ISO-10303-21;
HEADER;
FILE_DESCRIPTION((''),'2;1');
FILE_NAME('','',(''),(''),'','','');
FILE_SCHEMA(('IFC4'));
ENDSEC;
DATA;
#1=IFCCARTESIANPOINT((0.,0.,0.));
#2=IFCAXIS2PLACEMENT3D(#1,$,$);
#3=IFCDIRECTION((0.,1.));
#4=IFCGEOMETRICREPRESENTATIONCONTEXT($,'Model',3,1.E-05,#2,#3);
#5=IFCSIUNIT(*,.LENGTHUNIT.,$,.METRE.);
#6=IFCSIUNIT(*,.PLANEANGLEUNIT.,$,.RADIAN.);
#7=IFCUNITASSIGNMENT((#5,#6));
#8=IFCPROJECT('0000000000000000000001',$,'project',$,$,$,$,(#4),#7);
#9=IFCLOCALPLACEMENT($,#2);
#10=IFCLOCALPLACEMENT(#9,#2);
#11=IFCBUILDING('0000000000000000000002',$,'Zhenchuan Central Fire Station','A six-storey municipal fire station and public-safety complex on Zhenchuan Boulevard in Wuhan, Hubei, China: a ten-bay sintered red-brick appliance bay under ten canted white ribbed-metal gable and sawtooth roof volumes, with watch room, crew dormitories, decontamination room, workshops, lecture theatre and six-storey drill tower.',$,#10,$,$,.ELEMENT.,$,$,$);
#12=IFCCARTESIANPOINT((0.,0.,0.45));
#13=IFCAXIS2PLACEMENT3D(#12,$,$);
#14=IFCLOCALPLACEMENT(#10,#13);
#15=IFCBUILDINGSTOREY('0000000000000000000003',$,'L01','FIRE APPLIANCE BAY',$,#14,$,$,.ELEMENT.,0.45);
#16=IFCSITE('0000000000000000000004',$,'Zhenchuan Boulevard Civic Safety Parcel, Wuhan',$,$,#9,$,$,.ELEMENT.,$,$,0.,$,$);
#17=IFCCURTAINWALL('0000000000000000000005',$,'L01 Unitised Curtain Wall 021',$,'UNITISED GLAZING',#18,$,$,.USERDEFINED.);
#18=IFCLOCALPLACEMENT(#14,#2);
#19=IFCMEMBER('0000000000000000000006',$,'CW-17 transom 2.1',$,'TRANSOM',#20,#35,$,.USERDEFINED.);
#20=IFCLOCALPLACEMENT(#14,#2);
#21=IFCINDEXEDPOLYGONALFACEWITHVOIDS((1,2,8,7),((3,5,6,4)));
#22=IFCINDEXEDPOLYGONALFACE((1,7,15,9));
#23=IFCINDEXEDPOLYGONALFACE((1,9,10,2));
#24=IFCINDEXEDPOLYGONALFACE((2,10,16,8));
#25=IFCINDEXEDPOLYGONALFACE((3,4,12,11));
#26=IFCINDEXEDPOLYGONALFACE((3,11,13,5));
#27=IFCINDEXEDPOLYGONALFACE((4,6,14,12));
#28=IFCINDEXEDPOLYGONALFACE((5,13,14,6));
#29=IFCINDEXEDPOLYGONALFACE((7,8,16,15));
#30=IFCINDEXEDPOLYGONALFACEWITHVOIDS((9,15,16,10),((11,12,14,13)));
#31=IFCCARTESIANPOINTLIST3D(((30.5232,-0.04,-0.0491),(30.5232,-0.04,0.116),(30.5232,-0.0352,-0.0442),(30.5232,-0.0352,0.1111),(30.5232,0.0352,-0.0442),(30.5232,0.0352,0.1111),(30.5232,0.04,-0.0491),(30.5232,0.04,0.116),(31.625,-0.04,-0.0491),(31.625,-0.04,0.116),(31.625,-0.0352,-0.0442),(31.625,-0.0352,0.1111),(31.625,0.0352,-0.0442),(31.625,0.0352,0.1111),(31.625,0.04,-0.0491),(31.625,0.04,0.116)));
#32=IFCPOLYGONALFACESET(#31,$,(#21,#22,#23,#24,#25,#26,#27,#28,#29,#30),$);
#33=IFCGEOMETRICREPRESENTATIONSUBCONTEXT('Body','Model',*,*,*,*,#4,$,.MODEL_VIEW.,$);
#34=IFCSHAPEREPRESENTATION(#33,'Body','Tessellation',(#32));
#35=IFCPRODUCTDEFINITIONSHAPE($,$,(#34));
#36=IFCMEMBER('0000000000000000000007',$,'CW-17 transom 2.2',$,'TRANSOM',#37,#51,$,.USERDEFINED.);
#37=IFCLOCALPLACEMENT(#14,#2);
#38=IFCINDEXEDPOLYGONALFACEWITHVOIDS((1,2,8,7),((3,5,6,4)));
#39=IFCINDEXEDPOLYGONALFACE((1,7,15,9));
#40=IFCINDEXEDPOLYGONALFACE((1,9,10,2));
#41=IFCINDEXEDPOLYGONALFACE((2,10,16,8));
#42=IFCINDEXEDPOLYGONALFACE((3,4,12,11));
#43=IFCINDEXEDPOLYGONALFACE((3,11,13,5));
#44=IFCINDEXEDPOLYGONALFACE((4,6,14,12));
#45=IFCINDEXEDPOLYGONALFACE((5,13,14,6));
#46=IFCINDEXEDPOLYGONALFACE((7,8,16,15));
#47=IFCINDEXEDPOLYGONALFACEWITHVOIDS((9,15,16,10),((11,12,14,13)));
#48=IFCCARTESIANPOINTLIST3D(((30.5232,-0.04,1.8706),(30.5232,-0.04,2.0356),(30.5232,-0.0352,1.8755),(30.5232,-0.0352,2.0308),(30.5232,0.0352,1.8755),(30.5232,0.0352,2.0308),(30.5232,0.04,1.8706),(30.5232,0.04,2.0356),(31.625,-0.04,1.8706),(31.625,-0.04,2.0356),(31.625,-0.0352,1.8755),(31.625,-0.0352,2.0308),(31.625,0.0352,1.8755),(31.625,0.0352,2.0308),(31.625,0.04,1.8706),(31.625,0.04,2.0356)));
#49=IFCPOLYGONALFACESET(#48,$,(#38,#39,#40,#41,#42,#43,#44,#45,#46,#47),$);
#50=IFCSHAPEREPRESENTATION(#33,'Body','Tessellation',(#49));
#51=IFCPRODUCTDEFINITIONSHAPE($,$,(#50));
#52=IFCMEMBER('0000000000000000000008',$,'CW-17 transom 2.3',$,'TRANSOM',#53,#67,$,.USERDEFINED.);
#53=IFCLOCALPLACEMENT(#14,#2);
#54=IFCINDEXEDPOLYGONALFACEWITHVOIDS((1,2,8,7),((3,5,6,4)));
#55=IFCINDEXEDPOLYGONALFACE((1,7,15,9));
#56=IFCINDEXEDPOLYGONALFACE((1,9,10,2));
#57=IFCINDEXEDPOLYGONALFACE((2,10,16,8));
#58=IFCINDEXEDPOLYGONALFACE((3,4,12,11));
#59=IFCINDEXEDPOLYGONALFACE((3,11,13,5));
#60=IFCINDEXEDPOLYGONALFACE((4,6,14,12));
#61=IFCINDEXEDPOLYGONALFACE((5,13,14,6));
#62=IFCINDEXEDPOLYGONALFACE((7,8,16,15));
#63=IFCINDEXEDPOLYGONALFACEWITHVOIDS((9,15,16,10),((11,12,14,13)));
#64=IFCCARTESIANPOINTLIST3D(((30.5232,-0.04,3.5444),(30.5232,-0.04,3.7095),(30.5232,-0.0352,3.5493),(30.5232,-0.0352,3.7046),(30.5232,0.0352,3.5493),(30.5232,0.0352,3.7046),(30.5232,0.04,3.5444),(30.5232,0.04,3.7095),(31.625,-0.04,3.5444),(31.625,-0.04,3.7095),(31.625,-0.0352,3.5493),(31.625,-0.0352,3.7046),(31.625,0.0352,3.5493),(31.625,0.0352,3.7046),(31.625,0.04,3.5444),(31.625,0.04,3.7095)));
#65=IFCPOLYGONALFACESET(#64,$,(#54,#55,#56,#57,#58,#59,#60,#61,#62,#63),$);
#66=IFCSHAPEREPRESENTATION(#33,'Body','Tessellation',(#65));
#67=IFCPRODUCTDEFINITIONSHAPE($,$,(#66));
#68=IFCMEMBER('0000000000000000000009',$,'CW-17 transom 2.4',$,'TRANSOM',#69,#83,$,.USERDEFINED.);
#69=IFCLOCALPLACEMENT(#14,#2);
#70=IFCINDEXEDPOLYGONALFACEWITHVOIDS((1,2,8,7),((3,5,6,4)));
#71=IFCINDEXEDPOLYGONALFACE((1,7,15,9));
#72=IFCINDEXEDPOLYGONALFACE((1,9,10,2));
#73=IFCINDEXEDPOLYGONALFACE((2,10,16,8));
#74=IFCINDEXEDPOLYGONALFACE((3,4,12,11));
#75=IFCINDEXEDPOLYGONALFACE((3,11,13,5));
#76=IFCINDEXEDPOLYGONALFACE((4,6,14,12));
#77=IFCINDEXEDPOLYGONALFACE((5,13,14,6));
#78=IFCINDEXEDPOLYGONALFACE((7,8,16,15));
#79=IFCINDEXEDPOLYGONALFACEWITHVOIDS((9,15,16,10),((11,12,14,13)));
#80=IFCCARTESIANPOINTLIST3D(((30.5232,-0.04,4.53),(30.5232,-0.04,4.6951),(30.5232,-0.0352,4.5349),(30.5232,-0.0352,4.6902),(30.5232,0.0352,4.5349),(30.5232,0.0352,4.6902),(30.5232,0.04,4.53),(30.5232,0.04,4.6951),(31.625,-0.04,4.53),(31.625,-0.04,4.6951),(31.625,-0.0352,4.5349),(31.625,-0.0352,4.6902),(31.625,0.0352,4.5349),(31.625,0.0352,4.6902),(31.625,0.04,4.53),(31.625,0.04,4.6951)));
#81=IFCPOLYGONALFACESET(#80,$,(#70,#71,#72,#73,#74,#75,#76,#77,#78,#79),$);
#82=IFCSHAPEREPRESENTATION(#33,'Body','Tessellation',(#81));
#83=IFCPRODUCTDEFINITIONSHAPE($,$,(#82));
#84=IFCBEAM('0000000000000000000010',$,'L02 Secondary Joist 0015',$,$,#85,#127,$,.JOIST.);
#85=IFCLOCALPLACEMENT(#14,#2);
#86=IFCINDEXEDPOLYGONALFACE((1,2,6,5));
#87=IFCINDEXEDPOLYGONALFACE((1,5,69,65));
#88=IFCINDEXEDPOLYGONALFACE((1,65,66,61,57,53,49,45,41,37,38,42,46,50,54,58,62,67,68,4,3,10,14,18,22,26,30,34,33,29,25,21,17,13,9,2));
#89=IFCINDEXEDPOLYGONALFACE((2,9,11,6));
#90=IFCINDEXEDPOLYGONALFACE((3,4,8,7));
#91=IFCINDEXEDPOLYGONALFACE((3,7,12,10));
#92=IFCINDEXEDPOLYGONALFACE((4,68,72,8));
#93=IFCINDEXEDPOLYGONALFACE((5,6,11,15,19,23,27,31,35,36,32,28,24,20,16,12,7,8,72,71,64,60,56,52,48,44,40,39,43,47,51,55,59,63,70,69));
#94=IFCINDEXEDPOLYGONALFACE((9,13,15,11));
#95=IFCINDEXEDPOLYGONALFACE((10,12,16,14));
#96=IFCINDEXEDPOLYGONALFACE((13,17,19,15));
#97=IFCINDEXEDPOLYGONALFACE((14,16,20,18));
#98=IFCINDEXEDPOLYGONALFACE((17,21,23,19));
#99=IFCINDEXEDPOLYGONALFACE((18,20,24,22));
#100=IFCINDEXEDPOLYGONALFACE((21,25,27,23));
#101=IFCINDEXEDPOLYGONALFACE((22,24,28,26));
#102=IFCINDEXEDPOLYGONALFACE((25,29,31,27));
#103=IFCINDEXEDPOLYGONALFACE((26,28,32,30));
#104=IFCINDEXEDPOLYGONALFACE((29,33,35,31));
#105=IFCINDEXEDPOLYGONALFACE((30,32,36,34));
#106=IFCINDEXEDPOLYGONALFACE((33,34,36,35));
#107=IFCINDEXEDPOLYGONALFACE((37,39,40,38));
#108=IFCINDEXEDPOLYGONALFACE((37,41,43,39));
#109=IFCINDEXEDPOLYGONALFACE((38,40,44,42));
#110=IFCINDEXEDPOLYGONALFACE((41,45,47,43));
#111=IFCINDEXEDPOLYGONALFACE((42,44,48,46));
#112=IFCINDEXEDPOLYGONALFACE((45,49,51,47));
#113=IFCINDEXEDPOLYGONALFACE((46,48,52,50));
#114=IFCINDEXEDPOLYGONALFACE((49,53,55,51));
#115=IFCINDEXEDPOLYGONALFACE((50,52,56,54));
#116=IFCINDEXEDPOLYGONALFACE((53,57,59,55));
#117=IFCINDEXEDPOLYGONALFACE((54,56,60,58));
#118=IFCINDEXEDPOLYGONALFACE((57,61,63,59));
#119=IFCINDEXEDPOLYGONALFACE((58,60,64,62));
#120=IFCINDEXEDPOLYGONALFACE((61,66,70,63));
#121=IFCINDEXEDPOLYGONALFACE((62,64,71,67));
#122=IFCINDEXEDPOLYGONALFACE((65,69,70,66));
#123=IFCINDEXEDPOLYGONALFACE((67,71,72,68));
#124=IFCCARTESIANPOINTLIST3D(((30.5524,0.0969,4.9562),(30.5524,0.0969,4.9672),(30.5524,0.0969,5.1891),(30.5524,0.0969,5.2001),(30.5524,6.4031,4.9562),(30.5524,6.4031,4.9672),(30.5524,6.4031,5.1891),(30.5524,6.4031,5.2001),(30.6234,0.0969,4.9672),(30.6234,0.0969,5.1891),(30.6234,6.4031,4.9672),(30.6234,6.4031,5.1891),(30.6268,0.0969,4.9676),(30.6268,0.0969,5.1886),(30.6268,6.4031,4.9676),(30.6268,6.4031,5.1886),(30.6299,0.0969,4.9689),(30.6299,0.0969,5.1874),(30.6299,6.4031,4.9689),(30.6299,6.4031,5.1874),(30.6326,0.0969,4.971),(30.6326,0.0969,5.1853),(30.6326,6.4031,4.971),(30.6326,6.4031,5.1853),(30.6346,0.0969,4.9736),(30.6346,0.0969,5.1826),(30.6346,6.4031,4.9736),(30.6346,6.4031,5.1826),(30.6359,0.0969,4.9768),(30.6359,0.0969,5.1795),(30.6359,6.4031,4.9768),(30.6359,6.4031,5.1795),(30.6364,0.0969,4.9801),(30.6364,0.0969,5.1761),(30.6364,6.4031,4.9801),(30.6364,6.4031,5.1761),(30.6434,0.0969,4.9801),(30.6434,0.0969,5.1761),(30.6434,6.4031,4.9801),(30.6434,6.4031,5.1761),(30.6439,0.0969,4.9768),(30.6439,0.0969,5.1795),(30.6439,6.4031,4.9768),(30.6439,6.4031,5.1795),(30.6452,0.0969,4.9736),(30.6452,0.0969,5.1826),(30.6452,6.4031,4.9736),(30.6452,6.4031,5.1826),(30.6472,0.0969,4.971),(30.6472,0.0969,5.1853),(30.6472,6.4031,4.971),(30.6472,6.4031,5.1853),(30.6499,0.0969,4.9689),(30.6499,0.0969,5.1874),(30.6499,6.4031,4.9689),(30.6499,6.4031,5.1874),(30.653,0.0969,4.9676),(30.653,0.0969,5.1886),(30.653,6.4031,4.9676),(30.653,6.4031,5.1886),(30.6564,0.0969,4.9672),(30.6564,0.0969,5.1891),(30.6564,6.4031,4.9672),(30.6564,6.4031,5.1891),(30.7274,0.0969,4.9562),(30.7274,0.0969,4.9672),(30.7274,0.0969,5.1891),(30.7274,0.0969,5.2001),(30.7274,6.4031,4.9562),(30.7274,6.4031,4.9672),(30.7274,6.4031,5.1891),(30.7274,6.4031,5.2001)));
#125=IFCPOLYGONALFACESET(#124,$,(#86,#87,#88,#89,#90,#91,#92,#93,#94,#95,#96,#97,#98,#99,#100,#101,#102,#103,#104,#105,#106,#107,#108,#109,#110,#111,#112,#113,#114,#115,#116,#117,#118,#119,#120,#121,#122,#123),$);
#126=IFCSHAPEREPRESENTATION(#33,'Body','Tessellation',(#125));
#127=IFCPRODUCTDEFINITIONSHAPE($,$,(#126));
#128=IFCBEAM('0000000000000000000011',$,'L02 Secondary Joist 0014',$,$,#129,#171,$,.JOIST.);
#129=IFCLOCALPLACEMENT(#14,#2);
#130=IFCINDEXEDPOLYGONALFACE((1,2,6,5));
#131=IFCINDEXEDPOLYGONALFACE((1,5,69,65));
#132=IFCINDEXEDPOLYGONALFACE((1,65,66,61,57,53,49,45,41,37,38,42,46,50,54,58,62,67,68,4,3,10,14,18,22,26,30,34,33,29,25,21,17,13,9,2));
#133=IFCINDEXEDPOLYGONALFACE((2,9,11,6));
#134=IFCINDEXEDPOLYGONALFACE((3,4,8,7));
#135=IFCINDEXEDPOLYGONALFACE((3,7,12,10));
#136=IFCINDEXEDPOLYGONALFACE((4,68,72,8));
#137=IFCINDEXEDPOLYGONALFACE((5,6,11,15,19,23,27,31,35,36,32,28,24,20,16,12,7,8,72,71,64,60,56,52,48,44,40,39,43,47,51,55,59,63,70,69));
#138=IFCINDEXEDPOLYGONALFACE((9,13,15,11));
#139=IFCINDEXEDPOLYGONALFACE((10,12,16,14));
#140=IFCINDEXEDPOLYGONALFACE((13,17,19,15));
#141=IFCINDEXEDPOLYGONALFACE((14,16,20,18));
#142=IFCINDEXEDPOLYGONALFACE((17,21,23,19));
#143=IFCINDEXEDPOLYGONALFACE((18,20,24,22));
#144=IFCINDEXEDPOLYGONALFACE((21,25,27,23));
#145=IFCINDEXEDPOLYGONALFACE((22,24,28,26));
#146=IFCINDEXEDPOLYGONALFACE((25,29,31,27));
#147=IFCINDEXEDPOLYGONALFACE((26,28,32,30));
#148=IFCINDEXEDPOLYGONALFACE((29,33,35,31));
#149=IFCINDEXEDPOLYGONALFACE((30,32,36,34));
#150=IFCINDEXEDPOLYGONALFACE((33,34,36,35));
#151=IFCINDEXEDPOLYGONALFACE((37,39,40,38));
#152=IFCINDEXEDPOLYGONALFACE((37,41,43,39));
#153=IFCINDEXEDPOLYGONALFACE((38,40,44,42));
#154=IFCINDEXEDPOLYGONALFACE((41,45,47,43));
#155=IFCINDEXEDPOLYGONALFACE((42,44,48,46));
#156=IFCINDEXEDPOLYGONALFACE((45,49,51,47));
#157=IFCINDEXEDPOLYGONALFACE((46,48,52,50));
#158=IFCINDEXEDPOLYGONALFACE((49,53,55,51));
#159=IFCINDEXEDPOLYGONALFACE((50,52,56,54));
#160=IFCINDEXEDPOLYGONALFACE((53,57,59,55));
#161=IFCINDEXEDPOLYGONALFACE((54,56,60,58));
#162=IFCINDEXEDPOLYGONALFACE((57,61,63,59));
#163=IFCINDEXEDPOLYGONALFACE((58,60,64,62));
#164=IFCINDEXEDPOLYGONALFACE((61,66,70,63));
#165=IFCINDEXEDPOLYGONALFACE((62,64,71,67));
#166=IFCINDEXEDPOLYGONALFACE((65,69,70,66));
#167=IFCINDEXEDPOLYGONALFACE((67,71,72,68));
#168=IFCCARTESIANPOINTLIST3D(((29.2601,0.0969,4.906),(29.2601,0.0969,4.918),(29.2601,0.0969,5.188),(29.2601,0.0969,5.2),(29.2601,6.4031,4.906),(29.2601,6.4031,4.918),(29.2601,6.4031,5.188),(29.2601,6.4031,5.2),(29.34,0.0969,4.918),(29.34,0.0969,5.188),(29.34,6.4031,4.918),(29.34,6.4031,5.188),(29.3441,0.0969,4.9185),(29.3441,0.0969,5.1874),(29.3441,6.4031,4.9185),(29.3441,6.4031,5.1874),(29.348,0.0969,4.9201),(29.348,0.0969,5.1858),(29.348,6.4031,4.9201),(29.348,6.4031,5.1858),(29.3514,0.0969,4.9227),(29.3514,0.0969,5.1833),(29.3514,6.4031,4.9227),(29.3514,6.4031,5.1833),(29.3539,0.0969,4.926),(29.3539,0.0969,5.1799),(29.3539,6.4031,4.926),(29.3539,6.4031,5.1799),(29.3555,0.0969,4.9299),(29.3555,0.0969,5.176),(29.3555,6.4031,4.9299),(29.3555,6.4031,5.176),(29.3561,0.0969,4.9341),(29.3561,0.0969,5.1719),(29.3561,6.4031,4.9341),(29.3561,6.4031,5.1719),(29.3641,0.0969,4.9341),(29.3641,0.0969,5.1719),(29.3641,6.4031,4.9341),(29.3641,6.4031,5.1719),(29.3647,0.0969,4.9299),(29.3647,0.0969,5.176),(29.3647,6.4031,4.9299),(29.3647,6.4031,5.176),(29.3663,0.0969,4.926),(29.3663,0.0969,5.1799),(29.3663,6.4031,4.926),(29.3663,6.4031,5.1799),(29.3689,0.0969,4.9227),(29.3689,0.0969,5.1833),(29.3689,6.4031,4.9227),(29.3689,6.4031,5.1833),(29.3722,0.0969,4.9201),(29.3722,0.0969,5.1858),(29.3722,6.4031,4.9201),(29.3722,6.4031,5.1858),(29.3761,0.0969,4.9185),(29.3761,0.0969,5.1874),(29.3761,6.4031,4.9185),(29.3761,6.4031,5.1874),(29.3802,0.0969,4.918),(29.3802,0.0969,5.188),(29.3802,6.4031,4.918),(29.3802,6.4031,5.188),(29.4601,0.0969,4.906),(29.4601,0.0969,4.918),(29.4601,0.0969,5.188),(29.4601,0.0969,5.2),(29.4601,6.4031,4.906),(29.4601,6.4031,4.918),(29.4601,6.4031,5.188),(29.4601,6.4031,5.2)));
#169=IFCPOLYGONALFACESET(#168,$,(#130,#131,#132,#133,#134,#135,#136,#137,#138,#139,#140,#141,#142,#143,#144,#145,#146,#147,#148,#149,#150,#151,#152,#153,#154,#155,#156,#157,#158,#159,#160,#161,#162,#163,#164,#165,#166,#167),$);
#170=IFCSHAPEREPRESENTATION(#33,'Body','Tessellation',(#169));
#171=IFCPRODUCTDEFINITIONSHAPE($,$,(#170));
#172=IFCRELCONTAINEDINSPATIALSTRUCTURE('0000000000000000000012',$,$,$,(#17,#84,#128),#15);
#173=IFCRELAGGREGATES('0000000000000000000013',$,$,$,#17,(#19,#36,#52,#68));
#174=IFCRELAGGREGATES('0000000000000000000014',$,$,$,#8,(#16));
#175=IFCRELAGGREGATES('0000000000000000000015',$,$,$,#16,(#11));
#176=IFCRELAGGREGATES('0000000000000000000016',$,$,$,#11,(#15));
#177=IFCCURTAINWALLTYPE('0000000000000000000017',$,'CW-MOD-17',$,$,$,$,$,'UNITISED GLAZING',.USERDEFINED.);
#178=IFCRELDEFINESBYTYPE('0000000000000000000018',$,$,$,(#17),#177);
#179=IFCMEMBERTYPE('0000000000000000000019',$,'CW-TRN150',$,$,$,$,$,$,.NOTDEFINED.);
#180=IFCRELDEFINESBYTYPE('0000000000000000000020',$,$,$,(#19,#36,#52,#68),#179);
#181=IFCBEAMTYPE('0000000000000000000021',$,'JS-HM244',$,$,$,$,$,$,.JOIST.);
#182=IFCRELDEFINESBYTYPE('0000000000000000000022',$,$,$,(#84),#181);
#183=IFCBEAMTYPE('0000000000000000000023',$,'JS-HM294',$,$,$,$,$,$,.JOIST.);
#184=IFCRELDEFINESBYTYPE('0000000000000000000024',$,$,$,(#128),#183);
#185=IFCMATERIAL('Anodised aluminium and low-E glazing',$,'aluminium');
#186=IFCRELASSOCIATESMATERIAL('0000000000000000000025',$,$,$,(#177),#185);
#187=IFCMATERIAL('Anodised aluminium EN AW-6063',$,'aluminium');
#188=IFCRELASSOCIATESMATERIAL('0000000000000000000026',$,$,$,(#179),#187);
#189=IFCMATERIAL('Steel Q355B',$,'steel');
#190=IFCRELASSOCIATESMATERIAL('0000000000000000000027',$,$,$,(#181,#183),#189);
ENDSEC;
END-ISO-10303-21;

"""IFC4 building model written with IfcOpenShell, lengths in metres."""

from ifc_helpers import new_model, si_unit, direction, frame, origin, origin_2d, place, context, subcontext, project, spatial, hollow_rectangle, i_section, extrude, material, material_profile, profile_set, type_object, element, aggregate, save


model = new_model("IFC4")

# Units and contexts
model_context = context("Model", 3, precision=1e-05, world=origin(), true_north=direction((0.0, 1.0)))
body_context = subcontext(model_context, "Body", "Model", "MODEL_VIEW")
ifc_project = project(units=[si_unit("LENGTHUNIT", "METRE"), si_unit("PLANEANGLEUNIT", "RADIAN")], contexts=[model_context])

# Site, building, storey
site_placement = place(None, origin())
site = spatial("IfcSite", under=ifc_project, at=site_placement, Name="Zhenchuan Boulevard Civic Safety Parcel, Wuhan", CompositionType="ELEMENT", RefElevation=0.0)
building_placement = place(site_placement, origin())
building = spatial("IfcBuilding", under=site, at=building_placement, Name="Zhenchuan Central Fire Station", Description="A six-storey municipal fire station and public-safety complex on Zhenchuan Boulevard in Wuhan, Hubei, China: a ten-bay sintered red-brick appliance bay under ten canted white ribbed-metal gable and sawtooth roof volumes, with watch room, crew dormitories, decontamination room, workshops, lecture theatre and six-storey drill tower.", CompositionType="ELEMENT")
storey_placement = place(building_placement, frame((0.0, 0.0, 0.45)))
storey = spatial("IfcBuildingStorey", under=building, at=storey_placement, Name="L01", Description="FIRE APPLIANCE BAY", CompositionType="ELEMENT", Elevation=0.45)

# Shared definitions
ifc_material_1 = material(Name="Steel Q355B", Category="steel")

# Curtain wall, members
ifc_material_2 = material(Name="Anodised aluminium and low-E glazing", Category="aluminium")
curtain_wall_type = type_object("IfcCurtainWallType", Name="CW-MOD-17", ElementType="UNITISED GLAZING", PredefinedType="USERDEFINED", material=ifc_material_2)
curtain_wall_placement = place(storey_placement, origin())
curtain_wall = element("IfcCurtainWall", 1, at=curtain_wall_placement, inside=storey, type_object=curtain_wall_type, Name="L01 Unitised Curtain Wall 021", ObjectType="UNITISED GLAZING", PredefinedType="USERDEFINED")
ifc_material_3 = material(Name="Anodised aluminium EN AW-6063", Category="aluminium")
ifc_material_profile_1 = material_profile(ifc_material_3, hollow_rectangle(XDim=0.0801, YDim=0.165, WallThickness=0.0049, at=origin_2d()), Name="ALU-T 165x80")
ifc_profile_set_1 = profile_set([ifc_material_profile_1], Name="Anodised aluminium EN AW-6063")
member_type_1 = type_object("IfcMemberType", Name="CW-TRN150", PredefinedType="NOTDEFINED", material=ifc_profile_set_1)
member_1_placement = place(storey_placement, frame((30.5232, 0.0, 0.0334), z_axis=(1.0, 0.0, 0.0), x_axis=(0.0, 1.0, 0.0)))
member_1 = element("IfcMember", 2, at=member_1_placement, type_object=member_type_1, Name="CW-17 transom 2.1", ObjectType="TRANSOM", PredefinedType="USERDEFINED", context=body_context, shape_type="SweptSolid", body=[
    extrude(hollow_rectangle(XDim=0.0801, YDim=0.165, WallThickness=0.0049, at=origin_2d()), origin(), (0.0, 0.0, 1.0), 1.1018),
])
member_2_placement = place(storey_placement, frame((30.5232, 0.0, 1.9531), z_axis=(1.0, 0.0, 0.0), x_axis=(0.0, 1.0, 0.0)))
member_2 = element("IfcMember", 3, at=member_2_placement, type_object=member_type_1, Name="CW-17 transom 2.2", ObjectType="TRANSOM", PredefinedType="USERDEFINED", context=body_context, shape_type="SweptSolid", body=[
    extrude(hollow_rectangle(XDim=0.0801, YDim=0.165, WallThickness=0.0049, at=origin_2d()), origin(), (0.0, 0.0, 1.0), 1.1018),
])
member_3_placement = place(storey_placement, frame((30.5232, 0.0, 3.627), z_axis=(1.0, 0.0, 0.0), x_axis=(0.0, 1.0, 0.0)))
member_3 = element("IfcMember", 4, at=member_3_placement, type_object=member_type_1, Name="CW-17 transom 2.3", ObjectType="TRANSOM", PredefinedType="USERDEFINED", context=body_context, shape_type="SweptSolid", body=[
    extrude(hollow_rectangle(XDim=0.0801, YDim=0.165, WallThickness=0.0049, at=origin_2d()), origin(), (0.0, 0.0, 1.0), 1.1018),
])
member_4_placement = place(storey_placement, frame((30.5232, 0.0, 4.6125), z_axis=(1.0, 0.0, 0.0), x_axis=(0.0, 1.0, 0.0)))
member_4 = element("IfcMember", 5, at=member_4_placement, type_object=member_type_1, Name="CW-17 transom 2.4", ObjectType="TRANSOM", PredefinedType="USERDEFINED", context=body_context, shape_type="SweptSolid", body=[
    extrude(hollow_rectangle(XDim=0.0801, YDim=0.165, WallThickness=0.0049, at=origin_2d()), origin(), (0.0, 0.0, 1.0), 1.1018),
])

# Beams
ifc_material_profile_2 = material_profile(ifc_material_1, i_section(OverallWidth=0.175, OverallDepth=0.2439, WebThickness=0.0071, FlangeThickness=0.011, FilletRadius=0.0129, at=origin_2d()), Name="HM 244x175")
ifc_profile_set_2 = profile_set([ifc_material_profile_2], Name="Steel Q355B")
beam_type_1 = type_object("IfcBeamType", Name="JS-HM244", PredefinedType="JOIST", material=ifc_profile_set_2)
beam_1_placement = place(storey_placement, frame((30.6399, 0.0969, 5.0781), z_axis=(0.0, 1.0, 0.0), x_axis=(-1.0, 0.0, 0.0)))
element("IfcBeam", 6, at=beam_1_placement, inside=storey, type_object=beam_type_1, Name="L02 Secondary Joist 0015", PredefinedType="JOIST", context=body_context, shape_type="SweptSolid", body=[
    extrude(i_section(OverallWidth=0.175, OverallDepth=0.2439, WebThickness=0.0071, FlangeThickness=0.011, FilletRadius=0.0129, at=origin_2d()), origin(), (0.0, 0.0, 1.0), 6.3062),
])
ifc_material_profile_3 = material_profile(ifc_material_1, i_section(OverallWidth=0.2, OverallDepth=0.2939, WebThickness=0.0081, FlangeThickness=0.012, FilletRadius=0.0161, at=origin_2d()), Name="HM 294x200")
ifc_profile_set_3 = profile_set([ifc_material_profile_3], Name="Steel Q355B")
beam_type_2 = type_object("IfcBeamType", Name="JS-HM294", PredefinedType="JOIST", material=ifc_profile_set_3)
beam_2_placement = place(storey_placement, frame((29.3601, 0.0969, 5.053), z_axis=(0.0, 1.0, 0.0), x_axis=(-1.0, 0.0, 0.0)))
element("IfcBeam", 7, at=beam_2_placement, inside=storey, type_object=beam_type_2, Name="L02 Secondary Joist 0014", PredefinedType="JOIST", context=body_context, shape_type="SweptSolid", body=[
    extrude(i_section(OverallWidth=0.2, OverallDepth=0.2939, WebThickness=0.0081, FlangeThickness=0.012, FilletRadius=0.0161, at=origin_2d()), origin(), (0.0, 0.0, 1.0), 6.3062),
])

aggregate(curtain_wall, [member_1, member_2, member_3, member_4])

save(model, "model.ifc")
